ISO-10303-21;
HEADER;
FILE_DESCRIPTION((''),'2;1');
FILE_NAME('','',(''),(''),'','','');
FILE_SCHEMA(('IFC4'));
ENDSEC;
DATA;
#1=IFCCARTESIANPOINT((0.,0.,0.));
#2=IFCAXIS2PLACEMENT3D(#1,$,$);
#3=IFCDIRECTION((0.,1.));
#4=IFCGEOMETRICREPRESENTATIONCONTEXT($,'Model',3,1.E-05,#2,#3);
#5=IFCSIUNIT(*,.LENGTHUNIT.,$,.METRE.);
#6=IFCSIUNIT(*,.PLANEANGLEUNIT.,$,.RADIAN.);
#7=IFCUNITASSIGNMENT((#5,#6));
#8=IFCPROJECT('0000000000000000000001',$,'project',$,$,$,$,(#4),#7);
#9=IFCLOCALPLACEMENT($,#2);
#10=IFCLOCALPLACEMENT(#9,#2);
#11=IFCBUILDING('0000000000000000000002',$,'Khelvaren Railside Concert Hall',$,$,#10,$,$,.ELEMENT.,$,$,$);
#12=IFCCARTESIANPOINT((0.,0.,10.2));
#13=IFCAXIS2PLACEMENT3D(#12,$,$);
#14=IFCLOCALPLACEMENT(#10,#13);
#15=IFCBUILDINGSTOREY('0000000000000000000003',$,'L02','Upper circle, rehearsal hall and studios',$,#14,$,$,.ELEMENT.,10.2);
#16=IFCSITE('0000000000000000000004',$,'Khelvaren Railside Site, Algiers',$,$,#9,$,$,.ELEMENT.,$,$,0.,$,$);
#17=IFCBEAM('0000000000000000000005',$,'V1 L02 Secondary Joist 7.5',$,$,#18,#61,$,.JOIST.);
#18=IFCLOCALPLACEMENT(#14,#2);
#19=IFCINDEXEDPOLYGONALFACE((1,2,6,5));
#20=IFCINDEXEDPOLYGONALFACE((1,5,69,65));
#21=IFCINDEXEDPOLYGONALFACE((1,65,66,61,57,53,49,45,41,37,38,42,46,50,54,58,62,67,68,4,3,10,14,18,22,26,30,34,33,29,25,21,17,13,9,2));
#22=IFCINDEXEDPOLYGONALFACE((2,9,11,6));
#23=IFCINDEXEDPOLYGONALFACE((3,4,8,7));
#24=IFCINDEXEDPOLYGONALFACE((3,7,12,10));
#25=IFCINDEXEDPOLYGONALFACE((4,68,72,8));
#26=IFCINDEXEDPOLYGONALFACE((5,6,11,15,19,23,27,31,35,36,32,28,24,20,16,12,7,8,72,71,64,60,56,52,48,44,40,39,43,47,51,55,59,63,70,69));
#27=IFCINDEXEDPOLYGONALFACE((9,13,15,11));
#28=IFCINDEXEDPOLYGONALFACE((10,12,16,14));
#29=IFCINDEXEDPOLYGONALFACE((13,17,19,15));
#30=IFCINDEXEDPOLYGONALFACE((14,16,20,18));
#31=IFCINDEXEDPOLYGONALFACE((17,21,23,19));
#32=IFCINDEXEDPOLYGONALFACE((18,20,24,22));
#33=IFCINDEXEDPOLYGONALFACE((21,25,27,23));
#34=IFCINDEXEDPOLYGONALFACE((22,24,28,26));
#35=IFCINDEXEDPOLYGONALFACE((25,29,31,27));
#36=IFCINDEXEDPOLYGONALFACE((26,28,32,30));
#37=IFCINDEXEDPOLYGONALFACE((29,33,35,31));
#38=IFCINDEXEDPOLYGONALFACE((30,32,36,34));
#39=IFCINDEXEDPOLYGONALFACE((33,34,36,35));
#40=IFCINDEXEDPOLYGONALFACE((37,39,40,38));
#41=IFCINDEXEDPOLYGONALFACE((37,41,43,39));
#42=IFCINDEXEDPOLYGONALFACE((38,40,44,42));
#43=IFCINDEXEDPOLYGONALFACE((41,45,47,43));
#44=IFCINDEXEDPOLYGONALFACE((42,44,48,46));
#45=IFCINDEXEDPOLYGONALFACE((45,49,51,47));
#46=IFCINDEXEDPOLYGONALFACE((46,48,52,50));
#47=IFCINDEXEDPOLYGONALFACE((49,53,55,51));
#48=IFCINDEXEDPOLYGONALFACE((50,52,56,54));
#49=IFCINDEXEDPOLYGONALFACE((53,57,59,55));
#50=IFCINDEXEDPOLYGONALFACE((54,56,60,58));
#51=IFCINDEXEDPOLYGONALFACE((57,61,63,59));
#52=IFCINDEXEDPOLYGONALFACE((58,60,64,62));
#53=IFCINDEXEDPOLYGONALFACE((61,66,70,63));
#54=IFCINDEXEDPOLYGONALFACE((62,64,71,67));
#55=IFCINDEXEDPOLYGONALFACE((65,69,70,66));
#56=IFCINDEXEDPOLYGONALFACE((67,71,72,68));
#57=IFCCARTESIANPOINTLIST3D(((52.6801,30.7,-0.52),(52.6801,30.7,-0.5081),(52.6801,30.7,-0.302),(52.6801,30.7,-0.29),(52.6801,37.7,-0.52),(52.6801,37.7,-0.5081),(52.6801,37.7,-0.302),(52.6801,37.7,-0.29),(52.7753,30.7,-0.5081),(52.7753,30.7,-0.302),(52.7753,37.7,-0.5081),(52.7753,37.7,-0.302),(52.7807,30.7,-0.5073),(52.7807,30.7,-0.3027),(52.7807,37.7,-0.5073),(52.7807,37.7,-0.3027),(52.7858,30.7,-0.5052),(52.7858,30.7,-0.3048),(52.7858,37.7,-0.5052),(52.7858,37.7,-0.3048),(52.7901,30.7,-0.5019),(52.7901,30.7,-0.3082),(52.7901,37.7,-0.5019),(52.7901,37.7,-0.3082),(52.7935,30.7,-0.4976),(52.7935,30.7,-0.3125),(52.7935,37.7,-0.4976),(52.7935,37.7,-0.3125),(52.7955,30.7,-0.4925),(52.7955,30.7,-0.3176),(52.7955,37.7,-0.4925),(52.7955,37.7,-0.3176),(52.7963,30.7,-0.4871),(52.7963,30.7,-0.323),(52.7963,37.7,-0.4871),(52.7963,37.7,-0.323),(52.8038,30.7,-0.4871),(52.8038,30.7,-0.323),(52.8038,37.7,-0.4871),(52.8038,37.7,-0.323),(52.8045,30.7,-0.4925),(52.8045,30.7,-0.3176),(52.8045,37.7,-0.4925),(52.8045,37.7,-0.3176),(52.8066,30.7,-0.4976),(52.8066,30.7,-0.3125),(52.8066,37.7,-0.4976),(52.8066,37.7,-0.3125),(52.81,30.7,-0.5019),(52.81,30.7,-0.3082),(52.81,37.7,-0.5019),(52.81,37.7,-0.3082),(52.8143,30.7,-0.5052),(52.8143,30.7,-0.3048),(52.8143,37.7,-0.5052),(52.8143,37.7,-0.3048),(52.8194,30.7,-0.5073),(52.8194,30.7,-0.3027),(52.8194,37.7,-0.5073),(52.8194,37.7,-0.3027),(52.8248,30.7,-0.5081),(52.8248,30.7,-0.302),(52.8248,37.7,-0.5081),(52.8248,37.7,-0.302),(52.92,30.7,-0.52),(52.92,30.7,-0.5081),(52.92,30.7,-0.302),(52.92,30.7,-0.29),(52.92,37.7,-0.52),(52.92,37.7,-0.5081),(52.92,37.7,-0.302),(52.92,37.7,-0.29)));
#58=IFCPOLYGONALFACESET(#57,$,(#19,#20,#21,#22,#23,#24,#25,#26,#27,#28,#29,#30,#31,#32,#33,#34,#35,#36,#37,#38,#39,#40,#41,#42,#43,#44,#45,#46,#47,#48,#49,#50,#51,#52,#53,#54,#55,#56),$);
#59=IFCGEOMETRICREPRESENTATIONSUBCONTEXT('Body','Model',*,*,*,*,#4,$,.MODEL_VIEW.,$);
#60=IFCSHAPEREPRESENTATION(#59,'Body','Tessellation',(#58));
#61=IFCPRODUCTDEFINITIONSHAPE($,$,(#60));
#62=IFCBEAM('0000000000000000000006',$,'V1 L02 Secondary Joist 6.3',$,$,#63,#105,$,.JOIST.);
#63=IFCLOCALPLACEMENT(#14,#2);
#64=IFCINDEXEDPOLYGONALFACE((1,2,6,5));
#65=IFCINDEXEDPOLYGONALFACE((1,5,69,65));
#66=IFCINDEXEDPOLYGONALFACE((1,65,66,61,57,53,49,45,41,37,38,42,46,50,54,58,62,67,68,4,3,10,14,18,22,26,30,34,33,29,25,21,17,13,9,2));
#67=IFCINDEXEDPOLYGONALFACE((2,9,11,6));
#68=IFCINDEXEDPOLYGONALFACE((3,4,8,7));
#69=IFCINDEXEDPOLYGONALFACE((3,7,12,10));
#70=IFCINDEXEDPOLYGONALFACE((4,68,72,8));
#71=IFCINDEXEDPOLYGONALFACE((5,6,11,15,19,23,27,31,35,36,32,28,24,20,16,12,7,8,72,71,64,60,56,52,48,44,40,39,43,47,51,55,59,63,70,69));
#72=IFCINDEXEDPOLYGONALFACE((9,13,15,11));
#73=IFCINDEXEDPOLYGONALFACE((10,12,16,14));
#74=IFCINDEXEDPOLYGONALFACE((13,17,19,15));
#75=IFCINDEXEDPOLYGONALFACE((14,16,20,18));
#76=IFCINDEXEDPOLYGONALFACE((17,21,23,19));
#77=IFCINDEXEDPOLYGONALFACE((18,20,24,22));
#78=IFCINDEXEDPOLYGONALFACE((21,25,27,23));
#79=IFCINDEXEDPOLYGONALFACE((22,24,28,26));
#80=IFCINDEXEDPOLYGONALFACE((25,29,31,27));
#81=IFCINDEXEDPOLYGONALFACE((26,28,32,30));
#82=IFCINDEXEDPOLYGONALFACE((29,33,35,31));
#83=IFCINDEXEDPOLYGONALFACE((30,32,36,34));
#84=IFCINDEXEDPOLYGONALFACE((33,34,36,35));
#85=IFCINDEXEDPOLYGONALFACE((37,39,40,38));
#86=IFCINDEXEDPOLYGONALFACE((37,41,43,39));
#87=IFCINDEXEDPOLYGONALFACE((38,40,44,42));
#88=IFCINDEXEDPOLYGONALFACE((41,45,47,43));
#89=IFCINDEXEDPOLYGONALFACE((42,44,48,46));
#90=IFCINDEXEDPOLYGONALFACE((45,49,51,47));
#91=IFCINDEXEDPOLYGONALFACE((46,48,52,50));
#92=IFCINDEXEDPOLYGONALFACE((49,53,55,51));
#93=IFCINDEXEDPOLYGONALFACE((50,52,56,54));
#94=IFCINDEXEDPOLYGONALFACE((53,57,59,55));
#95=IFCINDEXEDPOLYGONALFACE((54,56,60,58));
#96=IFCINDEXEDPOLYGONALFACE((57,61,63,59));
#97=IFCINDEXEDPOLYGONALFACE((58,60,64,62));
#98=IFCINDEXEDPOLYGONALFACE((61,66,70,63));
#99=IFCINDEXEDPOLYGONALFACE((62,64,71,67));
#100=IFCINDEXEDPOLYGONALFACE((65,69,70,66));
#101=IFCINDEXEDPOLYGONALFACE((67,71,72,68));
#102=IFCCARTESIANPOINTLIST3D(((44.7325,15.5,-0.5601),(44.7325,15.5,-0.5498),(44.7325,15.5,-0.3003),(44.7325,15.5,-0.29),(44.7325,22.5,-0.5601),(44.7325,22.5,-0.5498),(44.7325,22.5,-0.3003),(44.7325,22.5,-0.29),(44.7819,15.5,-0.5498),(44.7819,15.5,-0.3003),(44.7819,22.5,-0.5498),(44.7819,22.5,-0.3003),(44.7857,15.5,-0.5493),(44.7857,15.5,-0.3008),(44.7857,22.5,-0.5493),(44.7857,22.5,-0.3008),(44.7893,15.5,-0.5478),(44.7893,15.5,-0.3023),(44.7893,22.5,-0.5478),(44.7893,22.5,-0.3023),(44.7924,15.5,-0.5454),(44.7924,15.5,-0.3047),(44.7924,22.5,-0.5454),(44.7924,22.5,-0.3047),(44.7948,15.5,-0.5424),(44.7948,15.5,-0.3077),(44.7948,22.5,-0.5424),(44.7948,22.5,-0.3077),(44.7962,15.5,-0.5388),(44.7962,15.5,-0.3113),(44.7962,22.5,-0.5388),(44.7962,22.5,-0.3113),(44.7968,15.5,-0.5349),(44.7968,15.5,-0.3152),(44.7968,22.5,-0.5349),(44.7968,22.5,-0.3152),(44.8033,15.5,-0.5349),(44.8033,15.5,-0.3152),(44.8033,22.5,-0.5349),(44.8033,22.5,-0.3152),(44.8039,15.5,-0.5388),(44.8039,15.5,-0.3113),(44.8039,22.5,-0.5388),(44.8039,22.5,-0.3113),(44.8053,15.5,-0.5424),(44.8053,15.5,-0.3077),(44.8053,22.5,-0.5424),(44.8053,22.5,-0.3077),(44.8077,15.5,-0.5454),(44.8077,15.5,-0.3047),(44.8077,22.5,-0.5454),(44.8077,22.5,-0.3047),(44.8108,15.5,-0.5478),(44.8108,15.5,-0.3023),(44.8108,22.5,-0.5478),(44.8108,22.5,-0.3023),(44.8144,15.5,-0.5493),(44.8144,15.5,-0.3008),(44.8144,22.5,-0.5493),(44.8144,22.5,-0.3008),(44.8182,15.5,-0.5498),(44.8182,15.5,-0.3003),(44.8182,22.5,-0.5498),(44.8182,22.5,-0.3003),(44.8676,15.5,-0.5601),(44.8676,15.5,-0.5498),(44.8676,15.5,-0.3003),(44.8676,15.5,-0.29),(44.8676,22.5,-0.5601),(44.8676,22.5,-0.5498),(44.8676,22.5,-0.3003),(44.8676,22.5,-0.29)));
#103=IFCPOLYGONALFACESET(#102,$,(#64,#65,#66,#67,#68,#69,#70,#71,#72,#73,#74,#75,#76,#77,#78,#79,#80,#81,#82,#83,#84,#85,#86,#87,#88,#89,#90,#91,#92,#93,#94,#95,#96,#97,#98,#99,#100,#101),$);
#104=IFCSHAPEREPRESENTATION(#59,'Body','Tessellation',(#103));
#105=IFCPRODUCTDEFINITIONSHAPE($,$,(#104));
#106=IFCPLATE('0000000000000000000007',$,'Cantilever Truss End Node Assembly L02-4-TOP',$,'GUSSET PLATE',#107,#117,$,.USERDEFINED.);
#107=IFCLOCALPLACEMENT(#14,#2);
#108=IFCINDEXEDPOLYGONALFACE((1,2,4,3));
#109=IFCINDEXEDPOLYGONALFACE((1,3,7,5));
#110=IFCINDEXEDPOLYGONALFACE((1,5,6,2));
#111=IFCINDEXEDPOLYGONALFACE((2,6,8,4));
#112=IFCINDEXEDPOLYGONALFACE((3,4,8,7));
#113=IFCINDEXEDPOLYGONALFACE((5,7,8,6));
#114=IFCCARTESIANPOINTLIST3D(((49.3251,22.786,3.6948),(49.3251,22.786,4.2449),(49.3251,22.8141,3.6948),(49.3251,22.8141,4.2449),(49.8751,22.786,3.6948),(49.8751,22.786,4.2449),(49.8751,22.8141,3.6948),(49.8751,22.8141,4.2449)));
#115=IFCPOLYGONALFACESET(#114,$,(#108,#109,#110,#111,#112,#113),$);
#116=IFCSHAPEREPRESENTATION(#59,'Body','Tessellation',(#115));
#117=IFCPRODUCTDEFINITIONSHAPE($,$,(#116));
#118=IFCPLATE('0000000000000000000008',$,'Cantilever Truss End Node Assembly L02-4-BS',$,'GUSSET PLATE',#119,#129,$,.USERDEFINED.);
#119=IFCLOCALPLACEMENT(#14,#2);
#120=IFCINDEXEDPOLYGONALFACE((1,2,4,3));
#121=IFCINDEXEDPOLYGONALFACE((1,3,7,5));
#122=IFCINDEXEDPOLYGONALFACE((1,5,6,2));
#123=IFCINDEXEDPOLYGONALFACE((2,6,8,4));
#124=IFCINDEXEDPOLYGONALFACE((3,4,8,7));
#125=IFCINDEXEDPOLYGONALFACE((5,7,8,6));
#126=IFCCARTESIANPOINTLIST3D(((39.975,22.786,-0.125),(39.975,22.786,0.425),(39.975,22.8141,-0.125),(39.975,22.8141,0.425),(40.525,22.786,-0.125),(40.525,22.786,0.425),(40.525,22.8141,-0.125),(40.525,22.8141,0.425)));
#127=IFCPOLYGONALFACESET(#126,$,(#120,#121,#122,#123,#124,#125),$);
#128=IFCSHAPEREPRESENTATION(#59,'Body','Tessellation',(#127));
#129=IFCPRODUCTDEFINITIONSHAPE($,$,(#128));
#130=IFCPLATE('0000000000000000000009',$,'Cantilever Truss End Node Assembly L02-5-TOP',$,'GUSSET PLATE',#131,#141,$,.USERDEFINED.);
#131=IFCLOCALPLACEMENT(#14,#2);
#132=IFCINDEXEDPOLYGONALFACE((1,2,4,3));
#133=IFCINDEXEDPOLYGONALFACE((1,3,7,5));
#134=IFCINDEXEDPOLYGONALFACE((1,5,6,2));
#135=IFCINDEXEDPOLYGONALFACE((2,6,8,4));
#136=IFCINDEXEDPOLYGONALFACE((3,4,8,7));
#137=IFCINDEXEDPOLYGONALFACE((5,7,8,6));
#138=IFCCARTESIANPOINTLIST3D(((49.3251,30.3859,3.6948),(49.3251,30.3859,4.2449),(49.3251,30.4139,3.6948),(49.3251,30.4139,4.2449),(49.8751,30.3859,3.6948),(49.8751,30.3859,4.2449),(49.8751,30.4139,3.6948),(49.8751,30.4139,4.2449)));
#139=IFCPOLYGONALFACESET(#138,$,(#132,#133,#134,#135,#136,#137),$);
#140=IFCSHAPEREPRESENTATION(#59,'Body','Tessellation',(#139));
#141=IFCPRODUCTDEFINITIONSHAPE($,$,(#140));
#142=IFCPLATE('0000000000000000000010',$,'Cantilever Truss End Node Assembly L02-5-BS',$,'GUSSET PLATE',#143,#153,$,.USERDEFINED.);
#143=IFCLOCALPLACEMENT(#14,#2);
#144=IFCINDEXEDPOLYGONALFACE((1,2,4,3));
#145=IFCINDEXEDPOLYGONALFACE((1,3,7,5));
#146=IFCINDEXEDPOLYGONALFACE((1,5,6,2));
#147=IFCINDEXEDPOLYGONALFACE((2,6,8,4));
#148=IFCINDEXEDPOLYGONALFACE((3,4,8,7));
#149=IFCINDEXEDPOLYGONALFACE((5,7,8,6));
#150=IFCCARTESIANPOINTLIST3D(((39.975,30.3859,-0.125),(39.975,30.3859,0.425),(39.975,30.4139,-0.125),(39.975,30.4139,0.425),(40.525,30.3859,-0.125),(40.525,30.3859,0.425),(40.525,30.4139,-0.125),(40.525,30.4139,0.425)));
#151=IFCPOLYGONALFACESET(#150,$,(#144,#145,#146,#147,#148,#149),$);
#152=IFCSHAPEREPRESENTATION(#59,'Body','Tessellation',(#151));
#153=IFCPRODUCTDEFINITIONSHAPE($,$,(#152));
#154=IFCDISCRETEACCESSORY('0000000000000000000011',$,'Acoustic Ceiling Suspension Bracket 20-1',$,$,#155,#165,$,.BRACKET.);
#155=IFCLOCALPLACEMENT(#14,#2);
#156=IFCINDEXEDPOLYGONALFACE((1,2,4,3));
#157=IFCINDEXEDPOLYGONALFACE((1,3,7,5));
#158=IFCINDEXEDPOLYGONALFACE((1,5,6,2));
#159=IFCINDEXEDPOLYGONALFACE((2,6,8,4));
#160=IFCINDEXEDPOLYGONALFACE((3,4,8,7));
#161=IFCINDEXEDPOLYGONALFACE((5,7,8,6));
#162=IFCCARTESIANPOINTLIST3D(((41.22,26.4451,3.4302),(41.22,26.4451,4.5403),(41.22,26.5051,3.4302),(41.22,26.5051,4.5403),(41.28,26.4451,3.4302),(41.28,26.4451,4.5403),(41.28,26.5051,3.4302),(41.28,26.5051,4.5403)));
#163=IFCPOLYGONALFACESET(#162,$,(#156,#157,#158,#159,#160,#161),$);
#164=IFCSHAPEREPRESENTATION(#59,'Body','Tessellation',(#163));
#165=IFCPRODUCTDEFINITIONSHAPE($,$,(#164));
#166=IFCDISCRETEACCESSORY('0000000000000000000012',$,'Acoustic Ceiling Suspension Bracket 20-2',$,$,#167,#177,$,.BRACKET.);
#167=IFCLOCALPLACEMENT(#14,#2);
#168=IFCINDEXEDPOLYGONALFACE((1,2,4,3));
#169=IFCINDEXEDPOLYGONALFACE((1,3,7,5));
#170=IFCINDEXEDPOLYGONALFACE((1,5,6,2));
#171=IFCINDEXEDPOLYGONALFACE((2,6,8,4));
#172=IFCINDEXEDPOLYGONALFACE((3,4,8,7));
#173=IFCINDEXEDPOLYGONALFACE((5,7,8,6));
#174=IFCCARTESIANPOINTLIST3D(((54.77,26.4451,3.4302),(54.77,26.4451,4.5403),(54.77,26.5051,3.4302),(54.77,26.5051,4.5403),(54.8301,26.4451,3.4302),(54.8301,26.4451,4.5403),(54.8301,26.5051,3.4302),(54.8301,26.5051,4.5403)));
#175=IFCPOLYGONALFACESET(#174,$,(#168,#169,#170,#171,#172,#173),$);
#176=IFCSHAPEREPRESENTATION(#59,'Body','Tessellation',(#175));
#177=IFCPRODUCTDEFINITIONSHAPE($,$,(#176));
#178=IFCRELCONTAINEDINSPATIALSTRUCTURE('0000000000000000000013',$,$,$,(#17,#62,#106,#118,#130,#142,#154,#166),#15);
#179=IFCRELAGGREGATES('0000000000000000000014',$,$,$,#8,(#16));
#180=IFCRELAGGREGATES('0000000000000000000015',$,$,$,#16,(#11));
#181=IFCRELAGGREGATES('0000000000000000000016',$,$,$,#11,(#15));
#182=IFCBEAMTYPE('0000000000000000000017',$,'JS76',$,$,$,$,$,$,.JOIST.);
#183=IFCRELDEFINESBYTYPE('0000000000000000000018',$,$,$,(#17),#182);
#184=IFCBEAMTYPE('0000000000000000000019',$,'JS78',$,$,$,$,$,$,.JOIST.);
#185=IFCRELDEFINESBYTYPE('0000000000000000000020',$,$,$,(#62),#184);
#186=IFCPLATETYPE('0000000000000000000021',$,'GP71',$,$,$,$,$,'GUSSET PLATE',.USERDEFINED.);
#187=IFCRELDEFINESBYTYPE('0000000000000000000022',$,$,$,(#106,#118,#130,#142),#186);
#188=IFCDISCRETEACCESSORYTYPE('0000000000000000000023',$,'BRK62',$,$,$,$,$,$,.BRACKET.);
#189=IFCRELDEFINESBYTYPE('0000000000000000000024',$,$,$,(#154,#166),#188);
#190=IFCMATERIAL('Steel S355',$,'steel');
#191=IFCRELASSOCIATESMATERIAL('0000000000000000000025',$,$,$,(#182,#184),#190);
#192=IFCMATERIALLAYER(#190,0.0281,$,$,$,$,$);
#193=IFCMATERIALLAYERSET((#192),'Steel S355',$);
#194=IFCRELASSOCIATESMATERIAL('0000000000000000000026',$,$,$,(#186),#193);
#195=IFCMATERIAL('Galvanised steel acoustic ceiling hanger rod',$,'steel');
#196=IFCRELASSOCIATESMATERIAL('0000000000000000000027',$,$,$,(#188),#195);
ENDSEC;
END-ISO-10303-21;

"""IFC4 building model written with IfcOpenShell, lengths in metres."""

from ifc_helpers import new_model, si_unit, direction, frame, origin, origin_2d, place, context, subcontext, project, spatial, rectangle, i_section, extrude, material, layer, layer_set, material_profile, profile_set, type_object, element, save


model = new_model("IFC4")

# Units and contexts
model_context = context("Model", 3, precision=1e-05, world=origin(), true_north=direction((0.0, 1.0)))
body_context = subcontext(model_context, "Body", "Model", "MODEL_VIEW")
ifc_project = project(units=[si_unit("LENGTHUNIT", "METRE"), si_unit("PLANEANGLEUNIT", "RADIAN")], contexts=[model_context])

# Site, building, storey
site_placement = place(None, origin())
site = spatial("IfcSite", under=ifc_project, at=site_placement, Name="Khelvaren Railside Site, Algiers", CompositionType="ELEMENT", RefElevation=0.0)
building_placement = place(site_placement, origin())
building = spatial("IfcBuilding", under=site, at=building_placement, Name="Khelvaren Railside Concert Hall", CompositionType="ELEMENT")
storey_placement = place(building_placement, frame((0.0, 0.0, 10.2)))
storey = spatial("IfcBuildingStorey", under=building, at=storey_placement, Name="L02", Description="Upper circle, rehearsal hall and studios", CompositionType="ELEMENT", Elevation=10.2)

# Shared definitions
ifc_material_1 = material(Name="Steel S355", Category="steel")

# Beams
ifc_material_profile_1 = material_profile(ifc_material_1, i_section(OverallWidth=0.24, OverallDepth=0.23, WebThickness=0.0076, FlangeThickness=0.012, FilletRadius=0.021, at=origin_2d()), Name="HEA 240")
ifc_profile_set_1 = profile_set([ifc_material_profile_1], Name="Steel S355")
beam_type_1 = type_object("IfcBeamType", Name="JS76", PredefinedType="JOIST", material=ifc_profile_set_1)
beam_1_placement = place(storey_placement, frame((52.8, 30.7, -0.405), z_axis=(0.0, 1.0, 0.0), x_axis=(-1.0, 0.0, 0.0)))
element("IfcBeam", 1, at=beam_1_placement, inside=storey, type_object=beam_type_1, Name="V1 L02 Secondary Joist 7.5", PredefinedType="JOIST", context=body_context, shape_type="SweptSolid", body=[
    extrude(i_section(OverallWidth=0.24, OverallDepth=0.23, WebThickness=0.0076, FlangeThickness=0.012, FilletRadius=0.021, at=origin_2d()), origin(), (0.0, 0.0, 1.0), 7.0),
])
ifc_material_profile_2 = material_profile(ifc_material_1, i_section(OverallWidth=0.135, OverallDepth=0.27, WebThickness=0.0066, FlangeThickness=0.0103, FilletRadius=0.0149, at=origin_2d()), Name="IPE 270")
ifc_profile_set_2 = profile_set([ifc_material_profile_2], Name="Steel S355")
beam_type_2 = type_object("IfcBeamType", Name="JS78", PredefinedType="JOIST", material=ifc_profile_set_2)
beam_2_placement = place(storey_placement, frame((44.8, 15.5, -0.425), z_axis=(0.0, 1.0, 0.0), x_axis=(-1.0, 0.0, 0.0)))
element("IfcBeam", 2, at=beam_2_placement, inside=storey, type_object=beam_type_2, Name="V1 L02 Secondary Joist 6.3", PredefinedType="JOIST", context=body_context, shape_type="SweptSolid", body=[
    extrude(i_section(OverallWidth=0.135, OverallDepth=0.27, WebThickness=0.0066, FlangeThickness=0.0103, FilletRadius=0.0149, at=origin_2d()), origin(), (0.0, 0.0, 1.0), 7.0),
])

# Plates
ifc_layer = layer(ifc_material_1, 0.0281)
ifc_layer_set = layer_set([ifc_layer], Name="Steel S355")
plate_type = type_object("IfcPlateType", Name="GP71", ElementType="GUSSET PLATE", PredefinedType="USERDEFINED", material=ifc_layer_set)
for number, where, z_axis, x_axis, name in (
    (3, (49.6001, 22.8, 3.6948), (0.0, 0.0, 1.0), (1.0, 0.0, 0.0), "Cantilever Truss End Node Assembly L02-4-TOP"),
    (4, (40.25, 22.8, -0.125), (0.0, 0.0, 1.0), (1.0, 0.0, 0.0), "Cantilever Truss End Node Assembly L02-4-BS"),
    (5, (49.6001, 30.3999, 3.6948), (0.0, 0.0, 1.0), (1.0, 0.0, 0.0), "Cantilever Truss End Node Assembly L02-5-TOP"),
    (6, (40.25, 30.3999, -0.125), (0.0, 0.0, 1.0), (1.0, 0.0, 0.0), "Cantilever Truss End Node Assembly L02-5-BS"),
):
    element("IfcPlate", number, at=place(storey_placement, frame(where, z_axis=z_axis, x_axis=x_axis)), inside=storey, type_object=plate_type, Name=name, ObjectType="GUSSET PLATE", PredefinedType="USERDEFINED", context=body_context, shape_type="SweptSolid", body=[
        extrude(rectangle(XDim=0.55, YDim=0.0281, at=origin_2d()), origin(), (0.0, 0.0, 1.0), 0.55),
    ])

# Discrete accessories
ifc_material_2 = material(Name="Galvanised steel acoustic ceiling hanger rod", Category="steel")
discrete_accessory_type = type_object("IfcDiscreteAccessoryType", Name="BRK62", PredefinedType="BRACKET", material=ifc_material_2)
for number, where, z_axis, x_axis, name in (
    (7, (41.25, 26.4751, 3.4302), (0.0, 0.0, 1.0), (1.0, 0.0, 0.0), "Acoustic Ceiling Suspension Bracket 20-1"),
    (8, (54.8, 26.4751, 3.4302), (0.0, 0.0, 1.0), (1.0, 0.0, 0.0), "Acoustic Ceiling Suspension Bracket 20-2"),
):
    element("IfcDiscreteAccessory", number, at=place(storey_placement, frame(where, z_axis=z_axis, x_axis=x_axis)), inside=storey, type_object=discrete_accessory_type, Name=name, PredefinedType="BRACKET", context=body_context, shape_type="SweptSolid", body=[
        extrude(rectangle(XDim=0.0601, YDim=0.0601, at=origin_2d()), origin(), (0.0, 0.0, 1.0), 1.1101),
    ])

save(model, "model.ifc")
